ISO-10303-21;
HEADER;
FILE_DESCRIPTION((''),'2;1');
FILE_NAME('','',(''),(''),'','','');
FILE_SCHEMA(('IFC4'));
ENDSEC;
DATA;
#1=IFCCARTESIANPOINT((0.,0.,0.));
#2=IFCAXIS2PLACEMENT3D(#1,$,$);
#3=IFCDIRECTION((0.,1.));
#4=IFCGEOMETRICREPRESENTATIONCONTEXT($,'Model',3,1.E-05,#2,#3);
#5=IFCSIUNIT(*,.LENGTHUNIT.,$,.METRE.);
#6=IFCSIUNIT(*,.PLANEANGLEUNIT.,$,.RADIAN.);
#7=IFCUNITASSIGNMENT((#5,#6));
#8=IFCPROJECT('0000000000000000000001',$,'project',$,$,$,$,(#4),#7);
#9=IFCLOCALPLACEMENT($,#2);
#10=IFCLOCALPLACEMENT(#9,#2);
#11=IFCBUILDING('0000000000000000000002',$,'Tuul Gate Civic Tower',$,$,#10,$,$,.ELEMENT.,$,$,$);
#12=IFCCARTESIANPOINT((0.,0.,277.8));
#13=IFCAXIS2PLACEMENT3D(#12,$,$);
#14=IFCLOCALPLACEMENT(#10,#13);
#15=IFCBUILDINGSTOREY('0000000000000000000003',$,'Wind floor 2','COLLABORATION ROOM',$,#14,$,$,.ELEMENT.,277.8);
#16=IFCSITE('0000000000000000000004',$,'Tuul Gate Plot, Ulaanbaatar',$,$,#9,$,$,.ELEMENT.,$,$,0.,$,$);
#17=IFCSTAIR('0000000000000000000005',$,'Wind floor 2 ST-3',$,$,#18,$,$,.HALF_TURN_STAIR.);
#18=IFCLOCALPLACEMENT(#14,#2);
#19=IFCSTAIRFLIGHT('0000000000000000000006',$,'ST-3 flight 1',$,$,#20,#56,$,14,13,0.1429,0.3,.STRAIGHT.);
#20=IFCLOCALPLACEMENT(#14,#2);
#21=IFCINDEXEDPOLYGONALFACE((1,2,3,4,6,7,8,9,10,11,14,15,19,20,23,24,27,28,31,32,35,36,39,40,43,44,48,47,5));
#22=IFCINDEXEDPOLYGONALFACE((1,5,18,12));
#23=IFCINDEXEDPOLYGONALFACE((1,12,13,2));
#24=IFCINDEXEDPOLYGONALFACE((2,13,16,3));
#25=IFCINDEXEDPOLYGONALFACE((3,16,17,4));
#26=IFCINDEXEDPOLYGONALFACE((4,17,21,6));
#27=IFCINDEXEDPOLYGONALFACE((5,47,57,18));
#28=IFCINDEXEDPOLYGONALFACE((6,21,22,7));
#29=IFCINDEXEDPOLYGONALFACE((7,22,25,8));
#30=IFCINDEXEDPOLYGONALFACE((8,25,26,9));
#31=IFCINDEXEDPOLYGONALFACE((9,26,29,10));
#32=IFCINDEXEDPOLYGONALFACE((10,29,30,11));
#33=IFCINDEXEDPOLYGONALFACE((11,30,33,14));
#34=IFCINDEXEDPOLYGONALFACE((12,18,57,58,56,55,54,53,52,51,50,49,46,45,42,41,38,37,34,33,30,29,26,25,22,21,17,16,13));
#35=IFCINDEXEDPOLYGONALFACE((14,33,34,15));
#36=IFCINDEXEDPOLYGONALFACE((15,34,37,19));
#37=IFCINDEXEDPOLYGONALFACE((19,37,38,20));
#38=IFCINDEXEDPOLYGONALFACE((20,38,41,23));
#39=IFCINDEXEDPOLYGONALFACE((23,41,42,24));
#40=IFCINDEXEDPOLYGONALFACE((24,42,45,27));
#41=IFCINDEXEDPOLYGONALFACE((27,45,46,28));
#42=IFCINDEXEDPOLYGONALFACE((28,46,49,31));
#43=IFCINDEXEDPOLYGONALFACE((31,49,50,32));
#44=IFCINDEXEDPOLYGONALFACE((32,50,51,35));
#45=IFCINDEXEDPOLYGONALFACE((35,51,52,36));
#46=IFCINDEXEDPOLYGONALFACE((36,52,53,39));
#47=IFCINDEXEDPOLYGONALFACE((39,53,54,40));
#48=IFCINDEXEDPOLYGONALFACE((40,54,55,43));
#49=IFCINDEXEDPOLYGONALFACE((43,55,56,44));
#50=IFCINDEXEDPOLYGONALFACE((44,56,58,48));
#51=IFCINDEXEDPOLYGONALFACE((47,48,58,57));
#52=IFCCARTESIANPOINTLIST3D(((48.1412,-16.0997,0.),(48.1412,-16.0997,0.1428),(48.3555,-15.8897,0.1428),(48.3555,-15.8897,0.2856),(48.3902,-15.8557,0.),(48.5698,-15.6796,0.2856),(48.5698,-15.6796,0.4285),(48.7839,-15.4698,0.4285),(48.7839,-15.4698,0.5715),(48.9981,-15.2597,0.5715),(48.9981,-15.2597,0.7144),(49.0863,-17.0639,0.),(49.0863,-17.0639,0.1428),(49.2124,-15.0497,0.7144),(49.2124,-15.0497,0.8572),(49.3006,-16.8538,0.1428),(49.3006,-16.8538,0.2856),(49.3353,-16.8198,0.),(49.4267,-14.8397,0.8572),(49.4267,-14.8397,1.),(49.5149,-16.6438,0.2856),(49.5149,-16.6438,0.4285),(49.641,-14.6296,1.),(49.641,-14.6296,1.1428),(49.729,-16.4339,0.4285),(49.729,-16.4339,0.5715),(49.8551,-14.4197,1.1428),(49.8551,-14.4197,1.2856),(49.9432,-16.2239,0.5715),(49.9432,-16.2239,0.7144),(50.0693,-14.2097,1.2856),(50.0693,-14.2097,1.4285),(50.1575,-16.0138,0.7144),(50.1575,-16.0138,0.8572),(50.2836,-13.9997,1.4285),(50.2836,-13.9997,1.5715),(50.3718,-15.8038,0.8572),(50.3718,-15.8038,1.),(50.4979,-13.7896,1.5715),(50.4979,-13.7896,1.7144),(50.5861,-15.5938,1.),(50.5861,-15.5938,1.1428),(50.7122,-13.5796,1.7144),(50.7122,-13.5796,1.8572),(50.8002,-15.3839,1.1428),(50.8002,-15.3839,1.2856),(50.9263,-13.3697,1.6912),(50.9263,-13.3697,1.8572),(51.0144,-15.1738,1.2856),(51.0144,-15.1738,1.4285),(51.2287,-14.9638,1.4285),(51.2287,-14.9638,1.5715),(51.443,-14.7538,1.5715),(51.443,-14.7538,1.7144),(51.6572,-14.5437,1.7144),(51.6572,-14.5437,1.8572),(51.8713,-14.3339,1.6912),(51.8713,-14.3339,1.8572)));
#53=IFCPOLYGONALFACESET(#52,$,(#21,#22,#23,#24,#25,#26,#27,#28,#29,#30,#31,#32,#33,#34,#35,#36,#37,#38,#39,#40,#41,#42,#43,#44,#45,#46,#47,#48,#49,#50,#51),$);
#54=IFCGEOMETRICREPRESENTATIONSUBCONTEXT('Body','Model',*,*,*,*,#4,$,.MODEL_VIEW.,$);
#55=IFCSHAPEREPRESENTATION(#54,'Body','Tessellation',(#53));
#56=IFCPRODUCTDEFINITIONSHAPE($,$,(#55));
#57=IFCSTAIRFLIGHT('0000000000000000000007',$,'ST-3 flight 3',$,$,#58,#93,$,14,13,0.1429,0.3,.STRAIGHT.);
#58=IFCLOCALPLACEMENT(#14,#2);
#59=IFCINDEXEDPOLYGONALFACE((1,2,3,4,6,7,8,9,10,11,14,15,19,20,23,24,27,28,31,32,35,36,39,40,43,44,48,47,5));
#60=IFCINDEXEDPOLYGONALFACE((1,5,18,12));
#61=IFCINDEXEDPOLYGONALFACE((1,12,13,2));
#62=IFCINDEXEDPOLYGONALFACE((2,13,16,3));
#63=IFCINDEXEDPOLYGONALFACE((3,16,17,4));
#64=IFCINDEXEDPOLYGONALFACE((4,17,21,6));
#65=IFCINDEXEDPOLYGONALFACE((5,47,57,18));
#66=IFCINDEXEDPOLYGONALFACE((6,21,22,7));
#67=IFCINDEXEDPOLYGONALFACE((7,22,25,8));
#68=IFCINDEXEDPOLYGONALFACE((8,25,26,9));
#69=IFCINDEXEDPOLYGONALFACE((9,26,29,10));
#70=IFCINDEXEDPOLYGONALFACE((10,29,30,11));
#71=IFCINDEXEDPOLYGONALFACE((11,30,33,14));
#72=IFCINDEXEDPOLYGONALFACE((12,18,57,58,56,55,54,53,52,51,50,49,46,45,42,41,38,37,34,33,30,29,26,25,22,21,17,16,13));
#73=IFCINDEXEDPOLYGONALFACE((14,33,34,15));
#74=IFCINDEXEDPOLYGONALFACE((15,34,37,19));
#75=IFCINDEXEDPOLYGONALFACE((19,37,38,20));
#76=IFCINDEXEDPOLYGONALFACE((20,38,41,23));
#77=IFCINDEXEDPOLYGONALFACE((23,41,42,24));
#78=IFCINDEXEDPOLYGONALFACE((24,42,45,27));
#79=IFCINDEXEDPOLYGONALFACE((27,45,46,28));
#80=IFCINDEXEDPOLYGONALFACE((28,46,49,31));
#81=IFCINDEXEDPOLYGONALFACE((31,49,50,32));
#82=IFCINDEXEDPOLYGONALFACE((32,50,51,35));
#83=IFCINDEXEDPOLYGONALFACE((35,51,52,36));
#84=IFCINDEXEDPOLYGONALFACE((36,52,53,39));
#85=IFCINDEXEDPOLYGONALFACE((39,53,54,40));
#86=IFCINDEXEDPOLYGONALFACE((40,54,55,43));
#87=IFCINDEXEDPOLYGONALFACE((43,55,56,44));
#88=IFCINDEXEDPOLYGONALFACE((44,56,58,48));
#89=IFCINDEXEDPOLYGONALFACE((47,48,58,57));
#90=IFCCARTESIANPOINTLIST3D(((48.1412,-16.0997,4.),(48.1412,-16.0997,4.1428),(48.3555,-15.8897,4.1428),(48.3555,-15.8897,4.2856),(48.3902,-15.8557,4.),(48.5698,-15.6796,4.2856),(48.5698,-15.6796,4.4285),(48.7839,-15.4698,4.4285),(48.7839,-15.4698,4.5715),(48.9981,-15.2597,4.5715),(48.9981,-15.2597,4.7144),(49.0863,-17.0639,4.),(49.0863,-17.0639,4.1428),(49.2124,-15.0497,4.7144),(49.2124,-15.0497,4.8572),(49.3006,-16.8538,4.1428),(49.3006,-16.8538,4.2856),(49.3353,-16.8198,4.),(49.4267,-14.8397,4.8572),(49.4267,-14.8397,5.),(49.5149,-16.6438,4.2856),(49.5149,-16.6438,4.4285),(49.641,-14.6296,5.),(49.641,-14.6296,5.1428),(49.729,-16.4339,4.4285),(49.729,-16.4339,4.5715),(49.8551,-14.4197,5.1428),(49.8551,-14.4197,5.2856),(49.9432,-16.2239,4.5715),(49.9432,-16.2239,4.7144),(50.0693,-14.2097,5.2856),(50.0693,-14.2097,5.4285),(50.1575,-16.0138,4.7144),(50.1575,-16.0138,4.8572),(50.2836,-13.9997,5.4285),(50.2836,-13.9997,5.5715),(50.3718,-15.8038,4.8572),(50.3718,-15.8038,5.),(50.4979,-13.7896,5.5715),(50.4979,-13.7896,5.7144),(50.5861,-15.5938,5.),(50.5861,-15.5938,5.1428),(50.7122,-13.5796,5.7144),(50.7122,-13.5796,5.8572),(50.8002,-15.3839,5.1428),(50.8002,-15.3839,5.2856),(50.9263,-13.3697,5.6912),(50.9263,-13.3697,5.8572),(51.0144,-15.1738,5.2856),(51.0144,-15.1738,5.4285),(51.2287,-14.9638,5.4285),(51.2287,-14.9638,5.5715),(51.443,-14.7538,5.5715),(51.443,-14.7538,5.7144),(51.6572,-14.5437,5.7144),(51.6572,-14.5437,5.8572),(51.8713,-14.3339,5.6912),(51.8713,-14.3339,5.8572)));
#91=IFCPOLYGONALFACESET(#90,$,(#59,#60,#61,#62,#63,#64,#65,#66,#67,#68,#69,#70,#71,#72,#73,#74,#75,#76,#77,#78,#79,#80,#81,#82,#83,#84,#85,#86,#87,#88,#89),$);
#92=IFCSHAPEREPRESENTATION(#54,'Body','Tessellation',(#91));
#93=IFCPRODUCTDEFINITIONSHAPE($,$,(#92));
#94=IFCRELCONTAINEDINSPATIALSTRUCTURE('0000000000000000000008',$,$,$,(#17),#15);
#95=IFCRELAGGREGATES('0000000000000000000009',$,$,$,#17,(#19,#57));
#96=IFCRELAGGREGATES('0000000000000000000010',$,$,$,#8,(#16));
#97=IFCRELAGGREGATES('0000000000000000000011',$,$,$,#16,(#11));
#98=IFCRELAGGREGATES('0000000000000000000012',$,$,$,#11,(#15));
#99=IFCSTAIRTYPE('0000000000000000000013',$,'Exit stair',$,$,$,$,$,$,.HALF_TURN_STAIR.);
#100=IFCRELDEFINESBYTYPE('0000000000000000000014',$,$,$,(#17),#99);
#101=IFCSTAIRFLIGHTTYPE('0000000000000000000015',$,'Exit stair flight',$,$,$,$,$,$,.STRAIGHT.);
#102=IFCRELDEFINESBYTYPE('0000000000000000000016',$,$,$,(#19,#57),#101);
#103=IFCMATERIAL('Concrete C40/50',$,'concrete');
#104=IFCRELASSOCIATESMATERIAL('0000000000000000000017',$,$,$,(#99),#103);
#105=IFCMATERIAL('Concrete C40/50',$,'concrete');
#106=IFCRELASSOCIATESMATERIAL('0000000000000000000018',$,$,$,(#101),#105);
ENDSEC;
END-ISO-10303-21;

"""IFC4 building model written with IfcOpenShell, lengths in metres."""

from ifc_helpers import new_model, si_unit, direction, frame, origin, place, context, subcontext, project, spatial, polyline, outline, extrude, material, type_object, element, aggregate, save


model = new_model("IFC4")

# Units and contexts
model_context = context("Model", 3, precision=1e-05, world=origin(), true_north=direction((0.0, 1.0)))
body_context = subcontext(model_context, "Body", "Model", "MODEL_VIEW")
ifc_project = project(units=[si_unit("LENGTHUNIT", "METRE"), si_unit("PLANEANGLEUNIT", "RADIAN")], contexts=[model_context])

# Site, building, storey
site_placement = place(None, origin())
site = spatial("IfcSite", under=ifc_project, at=site_placement, Name="Tuul Gate Plot, Ulaanbaatar", CompositionType="ELEMENT", RefElevation=0.0)
building_placement = place(site_placement, origin())
building = spatial("IfcBuilding", under=site, at=building_placement, Name="Tuul Gate Civic Tower", CompositionType="ELEMENT")
storey_placement = place(building_placement, frame((0.0, 0.0, 277.8)))
storey = spatial("IfcBuildingStorey", under=building, at=storey_placement, Name="Wind floor 2", Description="COLLABORATION ROOM", CompositionType="ELEMENT", Elevation=277.8)

# Stair, stair flights
ifc_material_1 = material(Name="Concrete C40/50", Category="concrete")
stair_type = type_object("IfcStairType", Name="Exit stair", PredefinedType="HALF_TURN_STAIR", material=ifc_material_1)
stair_placement = place(storey_placement, origin())
stair = element("IfcStair", 1, at=stair_placement, inside=storey, type_object=stair_type, Name="Wind floor 2 ST-3", PredefinedType="HALF_TURN_STAIR")
ifc_material_2 = material(Name="Concrete C40/50", Category="concrete")
stair_flight_type = type_object("IfcStairFlightType", Name="Exit stair flight", PredefinedType="STRAIGHT", material=ifc_material_2)
stair_flight_1_placement = place(storey_placement, frame((48.6138, -16.5818, 0.0), z_axis=(0.0, 0.0, 1.0), x_axis=(0.714127, 0.700016, 0.0)))
stair_flight_1 = element("IfcStairFlight", 2, at=stair_flight_1_placement, type_object=stair_flight_type, Name="ST-3 flight 1", NumberOfRisers=14, NumberOfTreads=13, PredefinedType="STRAIGHT", RiserHeight=0.1429, TreadLength=0.3, context=body_context, shape_type="SweptSolid", body=[
    extrude(outline(polyline([(0.0, 0.0), (0.0, 0.1428), (0.3, 0.1428), (0.3, 0.2856), (0.6001, 0.2856), (0.6001, 0.4285), (0.8999, 0.4285), (0.8999, 0.5715), (1.2, 0.5715), (1.2, 0.7144), (1.5, 0.7144), (1.5, 0.8572), (1.8, 0.8572), (1.8, 1.0), (2.1001, 1.0), (2.1001, 1.1428), (2.3999, 1.1428), (2.3999, 1.2856), (2.7, 1.2856), (2.7, 1.4285), (3.0, 1.4285), (3.0, 1.5715), (3.3, 1.5715), (3.3, 1.7144), (3.6001, 1.7144), (3.6001, 1.8572), (3.8999, 1.8572), (3.8999, 2.0), (3.8999, 1.6912), (0.3486, 0.0), (0.0, 0.0)])), frame((0.0, 0.675, 0.0), z_axis=(0.0, -1.0, 0.0), x_axis=(1.0, 0.0, 0.0)), (0.0, 0.0, 1.0), 1.3501),
])
stair_flight_2_placement = place(storey_placement, frame((48.6138, -16.5818, 4.0), z_axis=(0.0, 0.0, 1.0), x_axis=(0.714127, 0.700016, 0.0)))
stair_flight_2 = element("IfcStairFlight", 3, at=stair_flight_2_placement, type_object=stair_flight_type, Name="ST-3 flight 3", NumberOfRisers=14, NumberOfTreads=13, PredefinedType="STRAIGHT", RiserHeight=0.1429, TreadLength=0.3, context=body_context, shape_type="SweptSolid", body=[
    extrude(outline(polyline([(0.0, 0.0), (0.0, 0.1428), (0.3, 0.1428), (0.3, 0.2856), (0.6001, 0.2856), (0.6001, 0.4285), (0.8999, 0.4285), (0.8999, 0.5715), (1.2, 0.5715), (1.2, 0.7144), (1.5, 0.7144), (1.5, 0.8572), (1.8, 0.8572), (1.8, 1.0), (2.1001, 1.0), (2.1001, 1.1428), (2.3999, 1.1428), (2.3999, 1.2856), (2.7, 1.2856), (2.7, 1.4285), (3.0, 1.4285), (3.0, 1.5715), (3.3, 1.5715), (3.3, 1.7144), (3.6001, 1.7144), (3.6001, 1.8572), (3.8999, 1.8572), (3.8999, 2.0), (3.8999, 1.6912), (0.3486, 0.0), (0.0, 0.0)])), frame((0.0, 0.675, 0.0), z_axis=(0.0, -1.0, 0.0), x_axis=(1.0, 0.0, 0.0)), (0.0, 0.0, 1.0), 1.3501),
])
aggregate(stair, [stair_flight_1, stair_flight_2])

save(model, "model.ifc")
